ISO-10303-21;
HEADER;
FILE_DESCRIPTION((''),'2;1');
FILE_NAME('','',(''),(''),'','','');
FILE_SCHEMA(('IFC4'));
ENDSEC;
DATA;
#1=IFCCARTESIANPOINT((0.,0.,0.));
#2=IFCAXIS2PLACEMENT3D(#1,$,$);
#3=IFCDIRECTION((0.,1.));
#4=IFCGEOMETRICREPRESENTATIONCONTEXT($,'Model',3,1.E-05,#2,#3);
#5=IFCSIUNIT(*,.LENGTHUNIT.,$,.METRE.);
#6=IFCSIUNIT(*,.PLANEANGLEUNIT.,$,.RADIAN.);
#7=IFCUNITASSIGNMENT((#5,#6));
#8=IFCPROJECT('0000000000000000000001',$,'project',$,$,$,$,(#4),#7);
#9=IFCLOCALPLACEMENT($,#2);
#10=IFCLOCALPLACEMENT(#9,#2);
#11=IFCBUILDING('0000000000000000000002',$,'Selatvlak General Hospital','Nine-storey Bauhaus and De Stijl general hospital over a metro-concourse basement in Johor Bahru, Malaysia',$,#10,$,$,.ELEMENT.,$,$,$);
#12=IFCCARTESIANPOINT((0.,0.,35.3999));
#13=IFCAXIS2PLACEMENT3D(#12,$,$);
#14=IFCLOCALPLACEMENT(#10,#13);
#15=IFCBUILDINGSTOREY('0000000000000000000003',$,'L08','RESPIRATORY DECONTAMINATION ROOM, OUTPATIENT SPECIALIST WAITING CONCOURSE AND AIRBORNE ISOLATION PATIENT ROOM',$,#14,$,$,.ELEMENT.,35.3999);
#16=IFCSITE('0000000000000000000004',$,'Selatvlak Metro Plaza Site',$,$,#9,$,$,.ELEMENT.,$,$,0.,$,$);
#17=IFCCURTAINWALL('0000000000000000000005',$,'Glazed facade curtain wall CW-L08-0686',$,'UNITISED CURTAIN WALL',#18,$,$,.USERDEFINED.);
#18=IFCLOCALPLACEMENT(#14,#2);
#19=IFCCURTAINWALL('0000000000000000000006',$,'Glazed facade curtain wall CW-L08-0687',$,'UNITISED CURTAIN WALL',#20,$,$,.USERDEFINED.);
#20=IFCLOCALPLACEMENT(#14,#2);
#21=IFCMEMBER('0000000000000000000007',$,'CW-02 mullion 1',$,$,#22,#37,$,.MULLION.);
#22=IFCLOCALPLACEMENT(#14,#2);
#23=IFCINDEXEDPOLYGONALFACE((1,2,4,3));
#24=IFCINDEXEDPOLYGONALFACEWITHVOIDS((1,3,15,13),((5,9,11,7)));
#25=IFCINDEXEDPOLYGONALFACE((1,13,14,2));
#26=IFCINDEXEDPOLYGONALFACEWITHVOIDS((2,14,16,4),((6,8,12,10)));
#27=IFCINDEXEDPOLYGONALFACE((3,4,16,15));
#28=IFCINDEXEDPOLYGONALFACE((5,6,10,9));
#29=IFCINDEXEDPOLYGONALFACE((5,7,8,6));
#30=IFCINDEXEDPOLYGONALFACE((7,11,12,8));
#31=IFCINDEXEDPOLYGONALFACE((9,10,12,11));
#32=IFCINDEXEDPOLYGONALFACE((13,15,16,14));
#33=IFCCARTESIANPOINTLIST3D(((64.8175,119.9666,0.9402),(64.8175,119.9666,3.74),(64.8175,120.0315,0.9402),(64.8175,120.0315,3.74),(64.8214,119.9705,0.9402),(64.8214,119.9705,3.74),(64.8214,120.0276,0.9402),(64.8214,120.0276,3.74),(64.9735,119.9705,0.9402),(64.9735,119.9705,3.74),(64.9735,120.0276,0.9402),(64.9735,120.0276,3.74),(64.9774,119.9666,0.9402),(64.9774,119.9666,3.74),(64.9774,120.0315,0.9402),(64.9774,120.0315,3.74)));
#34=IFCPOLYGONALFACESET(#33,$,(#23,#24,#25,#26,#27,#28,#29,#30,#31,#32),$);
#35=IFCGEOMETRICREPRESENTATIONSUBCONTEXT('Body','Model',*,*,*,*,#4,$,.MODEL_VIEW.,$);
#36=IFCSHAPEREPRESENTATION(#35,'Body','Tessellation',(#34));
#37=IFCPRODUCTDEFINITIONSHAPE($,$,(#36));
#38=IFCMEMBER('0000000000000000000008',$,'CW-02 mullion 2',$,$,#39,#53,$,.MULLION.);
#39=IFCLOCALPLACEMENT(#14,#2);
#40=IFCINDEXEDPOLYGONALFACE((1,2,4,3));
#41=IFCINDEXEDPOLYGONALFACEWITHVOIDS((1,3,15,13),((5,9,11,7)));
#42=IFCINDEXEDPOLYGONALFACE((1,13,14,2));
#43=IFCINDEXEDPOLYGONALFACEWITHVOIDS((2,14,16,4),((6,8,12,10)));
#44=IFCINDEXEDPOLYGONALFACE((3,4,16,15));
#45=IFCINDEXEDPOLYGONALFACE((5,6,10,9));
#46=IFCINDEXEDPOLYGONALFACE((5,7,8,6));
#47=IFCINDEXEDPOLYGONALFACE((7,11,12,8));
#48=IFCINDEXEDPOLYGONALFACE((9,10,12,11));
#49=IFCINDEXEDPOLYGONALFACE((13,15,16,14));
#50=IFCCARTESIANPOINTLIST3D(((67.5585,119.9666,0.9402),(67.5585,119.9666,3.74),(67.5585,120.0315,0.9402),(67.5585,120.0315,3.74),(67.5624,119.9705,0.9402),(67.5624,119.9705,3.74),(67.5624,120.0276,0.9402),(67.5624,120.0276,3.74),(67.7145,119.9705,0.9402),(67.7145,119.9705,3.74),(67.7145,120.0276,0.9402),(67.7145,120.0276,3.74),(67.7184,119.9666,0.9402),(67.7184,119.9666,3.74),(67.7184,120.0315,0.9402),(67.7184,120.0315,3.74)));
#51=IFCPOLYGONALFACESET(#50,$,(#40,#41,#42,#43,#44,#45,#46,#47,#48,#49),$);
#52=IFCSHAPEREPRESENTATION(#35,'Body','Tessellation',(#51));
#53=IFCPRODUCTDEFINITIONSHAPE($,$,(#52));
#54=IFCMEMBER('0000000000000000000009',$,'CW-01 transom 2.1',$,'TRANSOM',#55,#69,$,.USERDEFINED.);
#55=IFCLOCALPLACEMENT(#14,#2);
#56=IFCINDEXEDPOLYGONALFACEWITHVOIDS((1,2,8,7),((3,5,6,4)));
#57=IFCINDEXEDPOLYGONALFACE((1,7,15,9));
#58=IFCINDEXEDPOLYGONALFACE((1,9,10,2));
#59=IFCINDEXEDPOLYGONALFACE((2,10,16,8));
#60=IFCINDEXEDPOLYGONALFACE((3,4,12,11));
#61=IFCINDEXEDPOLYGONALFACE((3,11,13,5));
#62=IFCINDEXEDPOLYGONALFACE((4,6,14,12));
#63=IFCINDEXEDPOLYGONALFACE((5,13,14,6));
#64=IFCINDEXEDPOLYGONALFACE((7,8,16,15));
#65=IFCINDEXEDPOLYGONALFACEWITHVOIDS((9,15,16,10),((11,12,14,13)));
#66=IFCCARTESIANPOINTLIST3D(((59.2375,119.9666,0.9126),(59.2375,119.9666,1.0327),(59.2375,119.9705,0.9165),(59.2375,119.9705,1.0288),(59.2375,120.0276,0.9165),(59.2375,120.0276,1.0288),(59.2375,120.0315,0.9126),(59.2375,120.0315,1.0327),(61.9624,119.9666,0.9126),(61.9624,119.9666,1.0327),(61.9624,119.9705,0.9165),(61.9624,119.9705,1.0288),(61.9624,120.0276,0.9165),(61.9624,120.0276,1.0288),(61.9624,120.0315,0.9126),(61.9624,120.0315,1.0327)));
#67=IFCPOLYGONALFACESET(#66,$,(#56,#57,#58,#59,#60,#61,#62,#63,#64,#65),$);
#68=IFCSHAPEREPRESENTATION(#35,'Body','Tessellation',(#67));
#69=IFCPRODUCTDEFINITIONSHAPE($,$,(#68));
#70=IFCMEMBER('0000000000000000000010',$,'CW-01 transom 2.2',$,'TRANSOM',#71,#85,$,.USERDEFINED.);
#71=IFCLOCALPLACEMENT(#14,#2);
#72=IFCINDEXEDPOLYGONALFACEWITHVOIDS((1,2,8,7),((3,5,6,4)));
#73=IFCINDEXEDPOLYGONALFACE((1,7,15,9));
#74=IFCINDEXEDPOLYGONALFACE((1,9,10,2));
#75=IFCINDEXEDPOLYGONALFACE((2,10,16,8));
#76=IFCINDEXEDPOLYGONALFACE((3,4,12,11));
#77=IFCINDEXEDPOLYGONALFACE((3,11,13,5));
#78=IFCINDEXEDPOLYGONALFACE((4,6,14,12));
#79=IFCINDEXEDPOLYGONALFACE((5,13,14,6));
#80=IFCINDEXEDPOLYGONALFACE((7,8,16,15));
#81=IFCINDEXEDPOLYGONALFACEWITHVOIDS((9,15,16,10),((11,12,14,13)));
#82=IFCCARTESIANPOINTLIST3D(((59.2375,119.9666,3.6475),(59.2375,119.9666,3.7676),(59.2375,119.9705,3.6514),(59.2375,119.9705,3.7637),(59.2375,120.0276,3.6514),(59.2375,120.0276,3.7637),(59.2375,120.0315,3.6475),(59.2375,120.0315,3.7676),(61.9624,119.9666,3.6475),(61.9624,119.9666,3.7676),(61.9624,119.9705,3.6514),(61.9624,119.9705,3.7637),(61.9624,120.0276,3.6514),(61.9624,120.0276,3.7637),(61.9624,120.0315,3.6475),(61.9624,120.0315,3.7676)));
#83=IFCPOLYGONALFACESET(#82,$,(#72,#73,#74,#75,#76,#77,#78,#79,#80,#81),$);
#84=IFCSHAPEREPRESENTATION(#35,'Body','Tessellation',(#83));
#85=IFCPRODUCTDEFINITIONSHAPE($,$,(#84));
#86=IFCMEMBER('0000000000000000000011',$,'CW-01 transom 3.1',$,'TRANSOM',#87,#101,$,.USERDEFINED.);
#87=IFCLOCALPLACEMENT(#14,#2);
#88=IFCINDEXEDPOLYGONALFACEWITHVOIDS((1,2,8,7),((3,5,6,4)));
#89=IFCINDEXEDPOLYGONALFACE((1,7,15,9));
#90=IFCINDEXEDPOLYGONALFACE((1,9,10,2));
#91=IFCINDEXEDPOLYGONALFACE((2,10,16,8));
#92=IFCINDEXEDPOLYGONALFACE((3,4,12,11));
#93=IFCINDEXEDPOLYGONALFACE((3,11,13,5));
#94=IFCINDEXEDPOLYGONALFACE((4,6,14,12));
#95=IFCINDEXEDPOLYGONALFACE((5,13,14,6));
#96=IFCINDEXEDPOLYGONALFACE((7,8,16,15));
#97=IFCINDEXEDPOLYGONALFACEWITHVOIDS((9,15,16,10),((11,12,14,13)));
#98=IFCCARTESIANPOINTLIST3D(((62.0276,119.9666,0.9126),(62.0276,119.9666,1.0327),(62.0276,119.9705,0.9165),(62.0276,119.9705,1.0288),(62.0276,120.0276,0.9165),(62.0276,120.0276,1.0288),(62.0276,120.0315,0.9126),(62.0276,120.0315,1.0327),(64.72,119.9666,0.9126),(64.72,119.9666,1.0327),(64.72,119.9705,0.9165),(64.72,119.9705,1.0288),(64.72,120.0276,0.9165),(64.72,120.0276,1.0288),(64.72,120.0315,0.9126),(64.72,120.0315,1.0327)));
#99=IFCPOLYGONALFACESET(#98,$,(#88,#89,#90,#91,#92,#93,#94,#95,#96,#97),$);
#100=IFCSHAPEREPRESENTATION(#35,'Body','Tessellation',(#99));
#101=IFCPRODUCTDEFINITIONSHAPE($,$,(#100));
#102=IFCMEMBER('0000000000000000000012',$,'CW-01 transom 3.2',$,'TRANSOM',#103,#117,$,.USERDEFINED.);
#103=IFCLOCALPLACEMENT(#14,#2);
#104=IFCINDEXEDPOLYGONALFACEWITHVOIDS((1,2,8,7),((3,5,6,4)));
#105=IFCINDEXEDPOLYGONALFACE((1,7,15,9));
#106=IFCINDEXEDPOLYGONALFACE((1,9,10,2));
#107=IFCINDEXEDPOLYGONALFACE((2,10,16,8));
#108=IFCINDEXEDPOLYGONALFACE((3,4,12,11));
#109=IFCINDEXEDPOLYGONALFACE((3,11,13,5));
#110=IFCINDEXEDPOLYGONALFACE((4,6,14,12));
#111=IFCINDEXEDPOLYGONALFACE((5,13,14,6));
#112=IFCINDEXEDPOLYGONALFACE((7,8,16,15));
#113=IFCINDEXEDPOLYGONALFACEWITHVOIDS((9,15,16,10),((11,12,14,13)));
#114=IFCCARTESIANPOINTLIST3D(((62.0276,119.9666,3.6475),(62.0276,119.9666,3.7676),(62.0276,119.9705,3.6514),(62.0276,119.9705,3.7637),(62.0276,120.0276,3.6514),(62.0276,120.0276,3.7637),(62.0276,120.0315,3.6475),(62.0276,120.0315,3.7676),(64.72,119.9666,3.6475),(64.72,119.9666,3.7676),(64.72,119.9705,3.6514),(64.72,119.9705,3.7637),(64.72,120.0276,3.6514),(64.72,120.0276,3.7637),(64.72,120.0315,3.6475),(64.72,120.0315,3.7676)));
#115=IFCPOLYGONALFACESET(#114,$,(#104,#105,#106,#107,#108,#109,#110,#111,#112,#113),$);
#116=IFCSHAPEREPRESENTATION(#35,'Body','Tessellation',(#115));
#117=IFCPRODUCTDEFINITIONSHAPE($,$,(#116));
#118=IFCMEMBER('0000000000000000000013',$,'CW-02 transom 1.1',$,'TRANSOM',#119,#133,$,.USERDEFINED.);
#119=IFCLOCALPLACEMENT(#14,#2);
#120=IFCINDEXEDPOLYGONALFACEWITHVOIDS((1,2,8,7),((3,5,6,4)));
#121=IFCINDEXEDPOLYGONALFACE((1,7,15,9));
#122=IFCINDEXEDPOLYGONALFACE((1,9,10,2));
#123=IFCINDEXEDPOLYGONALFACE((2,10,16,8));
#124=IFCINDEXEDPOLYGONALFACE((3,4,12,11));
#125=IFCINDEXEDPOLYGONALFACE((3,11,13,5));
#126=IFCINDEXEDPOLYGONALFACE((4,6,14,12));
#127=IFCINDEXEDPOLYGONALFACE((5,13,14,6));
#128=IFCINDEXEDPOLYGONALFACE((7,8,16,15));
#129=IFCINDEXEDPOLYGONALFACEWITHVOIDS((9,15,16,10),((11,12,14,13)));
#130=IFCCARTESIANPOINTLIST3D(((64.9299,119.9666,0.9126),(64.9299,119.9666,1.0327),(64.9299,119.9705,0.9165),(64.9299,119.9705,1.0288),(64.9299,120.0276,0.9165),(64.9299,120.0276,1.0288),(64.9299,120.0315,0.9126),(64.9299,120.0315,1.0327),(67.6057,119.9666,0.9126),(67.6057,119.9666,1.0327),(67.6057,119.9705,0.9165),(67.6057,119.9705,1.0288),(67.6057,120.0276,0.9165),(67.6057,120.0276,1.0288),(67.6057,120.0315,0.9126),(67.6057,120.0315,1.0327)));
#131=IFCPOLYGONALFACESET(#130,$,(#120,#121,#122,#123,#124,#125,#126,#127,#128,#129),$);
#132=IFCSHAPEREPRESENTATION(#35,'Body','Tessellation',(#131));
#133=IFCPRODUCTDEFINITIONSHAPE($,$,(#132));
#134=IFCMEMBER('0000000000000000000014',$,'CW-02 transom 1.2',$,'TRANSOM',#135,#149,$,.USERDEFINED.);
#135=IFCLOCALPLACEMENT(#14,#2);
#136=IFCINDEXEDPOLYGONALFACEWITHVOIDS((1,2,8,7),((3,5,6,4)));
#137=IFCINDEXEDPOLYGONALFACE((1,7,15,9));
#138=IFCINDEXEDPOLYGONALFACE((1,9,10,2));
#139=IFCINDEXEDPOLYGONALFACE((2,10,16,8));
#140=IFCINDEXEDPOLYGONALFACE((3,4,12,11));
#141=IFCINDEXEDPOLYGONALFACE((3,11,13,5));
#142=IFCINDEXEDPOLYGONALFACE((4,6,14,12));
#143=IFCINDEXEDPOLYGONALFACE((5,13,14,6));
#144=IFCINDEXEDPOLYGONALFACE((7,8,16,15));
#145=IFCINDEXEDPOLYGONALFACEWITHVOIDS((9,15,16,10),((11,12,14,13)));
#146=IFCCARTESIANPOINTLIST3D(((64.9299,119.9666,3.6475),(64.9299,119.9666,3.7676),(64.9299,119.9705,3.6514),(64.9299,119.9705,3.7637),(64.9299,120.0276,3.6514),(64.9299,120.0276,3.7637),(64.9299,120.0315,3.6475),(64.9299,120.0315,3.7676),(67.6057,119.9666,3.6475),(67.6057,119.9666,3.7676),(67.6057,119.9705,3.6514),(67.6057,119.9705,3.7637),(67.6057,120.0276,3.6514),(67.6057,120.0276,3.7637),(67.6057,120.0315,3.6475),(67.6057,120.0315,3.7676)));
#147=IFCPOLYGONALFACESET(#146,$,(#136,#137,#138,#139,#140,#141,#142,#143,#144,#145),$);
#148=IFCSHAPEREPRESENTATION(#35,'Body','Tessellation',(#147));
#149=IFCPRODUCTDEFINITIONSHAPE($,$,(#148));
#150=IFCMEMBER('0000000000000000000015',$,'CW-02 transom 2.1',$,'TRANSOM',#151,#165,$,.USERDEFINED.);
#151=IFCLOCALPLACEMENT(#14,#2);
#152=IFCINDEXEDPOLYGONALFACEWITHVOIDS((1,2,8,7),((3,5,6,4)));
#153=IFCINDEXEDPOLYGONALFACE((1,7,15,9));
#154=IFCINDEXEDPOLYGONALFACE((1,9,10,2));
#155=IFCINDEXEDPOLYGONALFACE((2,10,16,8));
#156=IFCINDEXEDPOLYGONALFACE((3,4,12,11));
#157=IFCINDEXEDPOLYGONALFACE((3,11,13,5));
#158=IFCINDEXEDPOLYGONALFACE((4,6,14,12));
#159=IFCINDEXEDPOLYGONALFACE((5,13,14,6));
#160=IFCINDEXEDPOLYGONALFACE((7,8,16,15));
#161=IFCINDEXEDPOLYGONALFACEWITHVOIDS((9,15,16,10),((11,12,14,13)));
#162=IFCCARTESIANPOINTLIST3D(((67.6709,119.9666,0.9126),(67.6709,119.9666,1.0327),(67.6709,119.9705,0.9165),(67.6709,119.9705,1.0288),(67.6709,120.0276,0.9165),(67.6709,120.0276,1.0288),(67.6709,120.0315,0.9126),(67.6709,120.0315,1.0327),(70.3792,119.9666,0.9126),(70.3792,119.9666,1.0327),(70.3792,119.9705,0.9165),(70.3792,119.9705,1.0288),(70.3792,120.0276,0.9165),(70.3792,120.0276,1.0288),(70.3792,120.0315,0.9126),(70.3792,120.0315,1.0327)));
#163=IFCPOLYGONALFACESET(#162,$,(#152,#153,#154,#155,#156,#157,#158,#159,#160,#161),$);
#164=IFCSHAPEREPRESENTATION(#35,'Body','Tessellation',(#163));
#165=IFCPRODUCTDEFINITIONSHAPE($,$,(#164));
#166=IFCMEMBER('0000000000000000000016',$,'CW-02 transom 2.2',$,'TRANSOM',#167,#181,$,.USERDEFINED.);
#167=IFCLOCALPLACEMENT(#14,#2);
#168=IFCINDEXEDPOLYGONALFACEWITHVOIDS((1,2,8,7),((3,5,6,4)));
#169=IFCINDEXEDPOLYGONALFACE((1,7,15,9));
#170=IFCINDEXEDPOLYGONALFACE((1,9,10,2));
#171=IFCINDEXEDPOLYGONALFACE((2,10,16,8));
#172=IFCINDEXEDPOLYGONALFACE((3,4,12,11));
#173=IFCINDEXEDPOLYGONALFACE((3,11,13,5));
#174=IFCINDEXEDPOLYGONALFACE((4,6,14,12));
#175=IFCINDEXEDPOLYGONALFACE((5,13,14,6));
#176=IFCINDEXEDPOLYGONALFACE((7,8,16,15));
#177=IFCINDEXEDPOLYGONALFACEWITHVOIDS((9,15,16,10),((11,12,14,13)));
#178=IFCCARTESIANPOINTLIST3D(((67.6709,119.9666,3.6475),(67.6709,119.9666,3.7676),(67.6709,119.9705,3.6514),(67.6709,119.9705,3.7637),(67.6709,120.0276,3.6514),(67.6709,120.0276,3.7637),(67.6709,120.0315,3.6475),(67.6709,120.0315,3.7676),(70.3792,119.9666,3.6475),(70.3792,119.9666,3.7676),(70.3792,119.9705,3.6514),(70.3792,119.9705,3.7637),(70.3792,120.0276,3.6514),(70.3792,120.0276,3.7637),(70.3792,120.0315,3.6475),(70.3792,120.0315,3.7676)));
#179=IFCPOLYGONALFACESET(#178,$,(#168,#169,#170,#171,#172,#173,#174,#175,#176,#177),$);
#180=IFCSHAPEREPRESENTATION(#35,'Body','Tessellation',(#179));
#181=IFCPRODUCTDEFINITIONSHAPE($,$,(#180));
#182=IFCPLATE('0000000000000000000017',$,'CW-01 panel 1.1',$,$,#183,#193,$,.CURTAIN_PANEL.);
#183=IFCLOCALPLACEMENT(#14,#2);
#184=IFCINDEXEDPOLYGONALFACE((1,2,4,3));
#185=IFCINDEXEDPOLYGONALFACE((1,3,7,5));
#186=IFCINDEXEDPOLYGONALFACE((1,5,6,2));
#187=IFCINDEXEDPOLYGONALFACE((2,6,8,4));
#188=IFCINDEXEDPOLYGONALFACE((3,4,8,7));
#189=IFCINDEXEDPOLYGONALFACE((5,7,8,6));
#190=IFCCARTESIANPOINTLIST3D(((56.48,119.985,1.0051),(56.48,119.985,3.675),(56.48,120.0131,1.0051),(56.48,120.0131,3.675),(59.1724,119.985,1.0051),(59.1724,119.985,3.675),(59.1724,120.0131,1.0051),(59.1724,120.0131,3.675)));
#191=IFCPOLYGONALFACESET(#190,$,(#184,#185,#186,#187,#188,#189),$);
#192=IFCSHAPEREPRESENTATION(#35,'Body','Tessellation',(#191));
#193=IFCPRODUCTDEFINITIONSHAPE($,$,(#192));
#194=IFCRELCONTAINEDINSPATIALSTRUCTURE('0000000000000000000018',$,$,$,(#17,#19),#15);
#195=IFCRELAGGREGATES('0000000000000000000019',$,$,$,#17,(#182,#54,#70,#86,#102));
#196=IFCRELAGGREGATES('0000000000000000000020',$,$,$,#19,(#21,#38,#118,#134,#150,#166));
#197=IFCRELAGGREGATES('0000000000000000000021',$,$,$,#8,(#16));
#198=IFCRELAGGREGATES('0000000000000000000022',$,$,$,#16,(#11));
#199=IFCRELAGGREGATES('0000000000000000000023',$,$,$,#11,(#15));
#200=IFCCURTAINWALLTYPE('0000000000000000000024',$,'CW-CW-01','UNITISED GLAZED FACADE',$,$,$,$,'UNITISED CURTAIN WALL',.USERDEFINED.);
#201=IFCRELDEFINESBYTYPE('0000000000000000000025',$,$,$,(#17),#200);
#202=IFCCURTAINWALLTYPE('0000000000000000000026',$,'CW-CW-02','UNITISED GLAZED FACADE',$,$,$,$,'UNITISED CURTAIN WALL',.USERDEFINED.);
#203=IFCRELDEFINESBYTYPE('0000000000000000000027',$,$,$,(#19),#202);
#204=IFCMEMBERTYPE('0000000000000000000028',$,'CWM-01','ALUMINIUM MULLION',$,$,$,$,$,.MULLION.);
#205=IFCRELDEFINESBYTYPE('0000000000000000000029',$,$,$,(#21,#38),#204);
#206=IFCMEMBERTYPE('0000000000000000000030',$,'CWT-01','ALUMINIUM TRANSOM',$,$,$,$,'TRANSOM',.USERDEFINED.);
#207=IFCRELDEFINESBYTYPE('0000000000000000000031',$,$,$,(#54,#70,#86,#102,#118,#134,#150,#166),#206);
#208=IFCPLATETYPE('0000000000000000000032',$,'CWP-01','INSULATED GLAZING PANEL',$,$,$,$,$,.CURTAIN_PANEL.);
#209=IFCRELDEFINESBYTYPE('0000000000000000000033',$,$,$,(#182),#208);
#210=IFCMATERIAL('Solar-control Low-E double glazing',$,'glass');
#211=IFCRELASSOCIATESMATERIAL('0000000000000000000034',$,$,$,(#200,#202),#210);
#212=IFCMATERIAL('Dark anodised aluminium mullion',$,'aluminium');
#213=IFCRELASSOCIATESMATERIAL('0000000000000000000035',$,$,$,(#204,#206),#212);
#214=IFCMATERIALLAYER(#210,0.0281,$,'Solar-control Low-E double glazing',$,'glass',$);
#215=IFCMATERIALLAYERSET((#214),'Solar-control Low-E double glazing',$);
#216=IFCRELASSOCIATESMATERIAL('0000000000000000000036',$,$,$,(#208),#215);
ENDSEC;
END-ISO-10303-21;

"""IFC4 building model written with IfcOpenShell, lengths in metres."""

from ifc_helpers import new_model, si_unit, direction, frame, origin, origin_2d, place, context, subcontext, project, spatial, rectangle, hollow_rectangle, extrude, material, layer, layer_set, material_profile, profile_set, type_object, element, aggregate, save


model = new_model("IFC4")

# Units and contexts
model_context = context("Model", 3, precision=1e-05, world=origin(), true_north=direction((0.0, 1.0)))
body_context = subcontext(model_context, "Body", "Model", "MODEL_VIEW")
ifc_project = project(units=[si_unit("LENGTHUNIT", "METRE"), si_unit("PLANEANGLEUNIT", "RADIAN")], contexts=[model_context])

# Site, building, storey
site_placement = place(None, origin())
site = spatial("IfcSite", under=ifc_project, at=site_placement, Name="Selatvlak Metro Plaza Site", CompositionType="ELEMENT", RefElevation=0.0)
building_placement = place(site_placement, origin())
building = spatial("IfcBuilding", under=site, at=building_placement, Name="Selatvlak General Hospital", Description="Nine-storey Bauhaus and De Stijl general hospital over a metro-concourse basement in Johor Bahru, Malaysia", CompositionType="ELEMENT")
storey_placement = place(building_placement, frame((0.0, 0.0, 35.3999)))
storey = spatial("IfcBuildingStorey", under=building, at=storey_placement, Name="L08", Description="RESPIRATORY DECONTAMINATION ROOM, OUTPATIENT SPECIALIST WAITING CONCOURSE AND AIRBORNE ISOLATION PATIENT ROOM", CompositionType="ELEMENT", Elevation=35.3999)

# Curtain walls, members
ifc_material_1 = material(Name="Solar-control Low-E double glazing", Category="glass")
curtain_wall_type_1 = type_object("IfcCurtainWallType", Name="CW-CW-01", Description="UNITISED GLAZED FACADE", ElementType="UNITISED CURTAIN WALL", PredefinedType="USERDEFINED", material=ifc_material_1)
curtain_wall_1_placement = place(storey_placement, origin())
curtain_wall_1 = element("IfcCurtainWall", 1, at=curtain_wall_1_placement, inside=storey, type_object=curtain_wall_type_1, Name="Glazed facade curtain wall CW-L08-0686", ObjectType="UNITISED CURTAIN WALL", PredefinedType="USERDEFINED")
ifc_material_2 = material(Name="Dark anodised aluminium mullion", Category="aluminium")
ifc_material_profile_1 = material_profile(ifc_material_2, hollow_rectangle(XDim=0.0649, YDim=0.1599, WallThickness=0.0039, at=origin_2d()), Name="AL-MUL 65x160x4")
ifc_profile_set_1 = profile_set([ifc_material_profile_1], Name="Dark anodised aluminium mullion")
member_type_1 = type_object("IfcMemberType", Name="CWM-01", Description="ALUMINIUM MULLION", PredefinedType="MULLION", material=ifc_profile_set_1)
curtain_wall_type_2 = type_object("IfcCurtainWallType", Name="CW-CW-02", Description="UNITISED GLAZED FACADE", ElementType="UNITISED CURTAIN WALL", PredefinedType="USERDEFINED", material=ifc_material_1)
curtain_wall_2_placement = place(storey_placement, origin())
curtain_wall_2 = element("IfcCurtainWall", 2, at=curtain_wall_2_placement, inside=storey, type_object=curtain_wall_type_2, Name="Glazed facade curtain wall CW-L08-0687", ObjectType="UNITISED CURTAIN WALL", PredefinedType="USERDEFINED")
member_1_placement = place(storey_placement, frame((64.8975, 119.999, 0.9402), z_axis=(0.0, 0.0, 1.0), x_axis=(0.0, 1.0, 0.0)))
member_1 = element("IfcMember", 3, at=member_1_placement, type_object=member_type_1, Name="CW-02 mullion 1", PredefinedType="MULLION", context=body_context, shape_type="SweptSolid", body=[
    extrude(hollow_rectangle(XDim=0.0649, YDim=0.1599, WallThickness=0.0039, at=origin_2d()), origin(), (0.0, 0.0, 1.0), 2.7998),
])
member_2_placement = place(storey_placement, frame((67.6384, 119.999, 0.9402), z_axis=(0.0, 0.0, 1.0), x_axis=(0.0, 1.0, 0.0)))
member_2 = element("IfcMember", 4, at=member_2_placement, type_object=member_type_1, Name="CW-02 mullion 2", PredefinedType="MULLION", context=body_context, shape_type="SweptSolid", body=[
    extrude(hollow_rectangle(XDim=0.0649, YDim=0.1599, WallThickness=0.0039, at=origin_2d()), origin(), (0.0, 0.0, 1.0), 2.7998),
])

# Members
ifc_material_profile_2 = material_profile(ifc_material_2, hollow_rectangle(XDim=0.0649, YDim=0.1201, WallThickness=0.0039, at=origin_2d()), Name="AL-TRN 65x120x4")
ifc_profile_set_2 = profile_set([ifc_material_profile_2], Name="Dark anodised aluminium mullion")
member_type_2 = type_object("IfcMemberType", Name="CWT-01", Description="ALUMINIUM TRANSOM", ElementType="TRANSOM", PredefinedType="USERDEFINED", material=ifc_profile_set_2)
member_3_placement = place(storey_placement, frame((59.2375, 119.999, 0.9727), z_axis=(1.0, 0.0, 0.0), x_axis=(0.0, 1.0, 0.0)))
member_3 = element("IfcMember", 5, at=member_3_placement, type_object=member_type_2, Name="CW-01 transom 2.1", ObjectType="TRANSOM", PredefinedType="USERDEFINED", context=body_context, shape_type="SweptSolid", body=[
    extrude(hollow_rectangle(XDim=0.0649, YDim=0.1201, WallThickness=0.0039, at=origin_2d()), origin(), (0.0, 0.0, 1.0), 2.7249),
])
member_4_placement = place(storey_placement, frame((59.2375, 119.999, 3.7075), z_axis=(1.0, 0.0, 0.0), x_axis=(0.0, 1.0, 0.0)))
member_4 = element("IfcMember", 6, at=member_4_placement, type_object=member_type_2, Name="CW-01 transom 2.2", ObjectType="TRANSOM", PredefinedType="USERDEFINED", context=body_context, shape_type="SweptSolid", body=[
    extrude(hollow_rectangle(XDim=0.0649, YDim=0.1201, WallThickness=0.0039, at=origin_2d()), origin(), (0.0, 0.0, 1.0), 2.7249),
])
member_5_placement = place(storey_placement, frame((62.0276, 119.999, 0.9727), z_axis=(1.0, 0.0, 0.0), x_axis=(0.0, 1.0, 0.0)))
member_5 = element("IfcMember", 7, at=member_5_placement, type_object=member_type_2, Name="CW-01 transom 3.1", ObjectType="TRANSOM", PredefinedType="USERDEFINED", context=body_context, shape_type="SweptSolid", body=[
    extrude(hollow_rectangle(XDim=0.0649, YDim=0.1201, WallThickness=0.0039, at=origin_2d()), origin(), (0.0, 0.0, 1.0), 2.6924),
])
member_6_placement = place(storey_placement, frame((62.0276, 119.999, 3.7075), z_axis=(1.0, 0.0, 0.0), x_axis=(0.0, 1.0, 0.0)))
member_6 = element("IfcMember", 8, at=member_6_placement, type_object=member_type_2, Name="CW-01 transom 3.2", ObjectType="TRANSOM", PredefinedType="USERDEFINED", context=body_context, shape_type="SweptSolid", body=[
    extrude(hollow_rectangle(XDim=0.0649, YDim=0.1201, WallThickness=0.0039, at=origin_2d()), origin(), (0.0, 0.0, 1.0), 2.6924),
])
member_7_placement = place(storey_placement, frame((64.9299, 119.999, 0.9727), z_axis=(1.0, 0.0, 0.0), x_axis=(0.0, 1.0, 0.0)))
member_7 = element("IfcMember", 9, at=member_7_placement, type_object=member_type_2, Name="CW-02 transom 1.1", ObjectType="TRANSOM", PredefinedType="USERDEFINED", context=body_context, shape_type="SweptSolid", body=[
    extrude(hollow_rectangle(XDim=0.0649, YDim=0.1201, WallThickness=0.0039, at=origin_2d()), origin(), (0.0, 0.0, 1.0), 2.6758),
])
member_8_placement = place(storey_placement, frame((64.9299, 119.999, 3.7075), z_axis=(1.0, 0.0, 0.0), x_axis=(0.0, 1.0, 0.0)))
member_8 = element("IfcMember", 10, at=member_8_placement, type_object=member_type_2, Name="CW-02 transom 1.2", ObjectType="TRANSOM", PredefinedType="USERDEFINED", context=body_context, shape_type="SweptSolid", body=[
    extrude(hollow_rectangle(XDim=0.0649, YDim=0.1201, WallThickness=0.0039, at=origin_2d()), origin(), (0.0, 0.0, 1.0), 2.6758),
])
member_9_placement = place(storey_placement, frame((67.6709, 119.999, 0.9727), z_axis=(1.0, 0.0, 0.0), x_axis=(0.0, 1.0, 0.0)))
member_9 = element("IfcMember", 11, at=member_9_placement, type_object=member_type_2, Name="CW-02 transom 2.1", ObjectType="TRANSOM", PredefinedType="USERDEFINED", context=body_context, shape_type="SweptSolid", body=[
    extrude(hollow_rectangle(XDim=0.0649, YDim=0.1201, WallThickness=0.0039, at=origin_2d()), origin(), (0.0, 0.0, 1.0), 2.7083),
])
member_10_placement = place(storey_placement, frame((67.6709, 119.999, 3.7075), z_axis=(1.0, 0.0, 0.0), x_axis=(0.0, 1.0, 0.0)))
member_10 = element("IfcMember", 12, at=member_10_placement, type_object=member_type_2, Name="CW-02 transom 2.2", ObjectType="TRANSOM", PredefinedType="USERDEFINED", context=body_context, shape_type="SweptSolid", body=[
    extrude(hollow_rectangle(XDim=0.0649, YDim=0.1201, WallThickness=0.0039, at=origin_2d()), origin(), (0.0, 0.0, 1.0), 2.7083),
])

# Plate
ifc_layer_1 = layer(ifc_material_1, 0.0281, Name="Solar-control Low-E double glazing", Category="glass")
ifc_layer_set_1 = layer_set([ifc_layer_1], Name="Solar-control Low-E double glazing")
plate_type = type_object("IfcPlateType", Name="CWP-01", Description="INSULATED GLAZING PANEL", PredefinedType="CURTAIN_PANEL", material=ifc_layer_set_1)
plate_1_placement = place(storey_placement, frame((57.8262, 119.999, 1.0051), z_axis=(0.0, 0.0, 1.0), x_axis=(1.0, 0.0, 0.0)))
plate_1 = element("IfcPlate", 13, at=plate_1_placement, type_object=plate_type, Name="CW-01 panel 1.1", PredefinedType="CURTAIN_PANEL", context=body_context, shape_type="SweptSolid", body=[
    extrude(rectangle(XDim=2.6924, YDim=0.0281, at=origin_2d()), origin(), (0.0, 0.0, 1.0), 2.6699),
])
aggregate(curtain_wall_1, [plate_1, member_3, member_4, member_5, member_6])
aggregate(curtain_wall_2, [member_1, member_2, member_7, member_8, member_9, member_10])

save(model, "model.ifc")
